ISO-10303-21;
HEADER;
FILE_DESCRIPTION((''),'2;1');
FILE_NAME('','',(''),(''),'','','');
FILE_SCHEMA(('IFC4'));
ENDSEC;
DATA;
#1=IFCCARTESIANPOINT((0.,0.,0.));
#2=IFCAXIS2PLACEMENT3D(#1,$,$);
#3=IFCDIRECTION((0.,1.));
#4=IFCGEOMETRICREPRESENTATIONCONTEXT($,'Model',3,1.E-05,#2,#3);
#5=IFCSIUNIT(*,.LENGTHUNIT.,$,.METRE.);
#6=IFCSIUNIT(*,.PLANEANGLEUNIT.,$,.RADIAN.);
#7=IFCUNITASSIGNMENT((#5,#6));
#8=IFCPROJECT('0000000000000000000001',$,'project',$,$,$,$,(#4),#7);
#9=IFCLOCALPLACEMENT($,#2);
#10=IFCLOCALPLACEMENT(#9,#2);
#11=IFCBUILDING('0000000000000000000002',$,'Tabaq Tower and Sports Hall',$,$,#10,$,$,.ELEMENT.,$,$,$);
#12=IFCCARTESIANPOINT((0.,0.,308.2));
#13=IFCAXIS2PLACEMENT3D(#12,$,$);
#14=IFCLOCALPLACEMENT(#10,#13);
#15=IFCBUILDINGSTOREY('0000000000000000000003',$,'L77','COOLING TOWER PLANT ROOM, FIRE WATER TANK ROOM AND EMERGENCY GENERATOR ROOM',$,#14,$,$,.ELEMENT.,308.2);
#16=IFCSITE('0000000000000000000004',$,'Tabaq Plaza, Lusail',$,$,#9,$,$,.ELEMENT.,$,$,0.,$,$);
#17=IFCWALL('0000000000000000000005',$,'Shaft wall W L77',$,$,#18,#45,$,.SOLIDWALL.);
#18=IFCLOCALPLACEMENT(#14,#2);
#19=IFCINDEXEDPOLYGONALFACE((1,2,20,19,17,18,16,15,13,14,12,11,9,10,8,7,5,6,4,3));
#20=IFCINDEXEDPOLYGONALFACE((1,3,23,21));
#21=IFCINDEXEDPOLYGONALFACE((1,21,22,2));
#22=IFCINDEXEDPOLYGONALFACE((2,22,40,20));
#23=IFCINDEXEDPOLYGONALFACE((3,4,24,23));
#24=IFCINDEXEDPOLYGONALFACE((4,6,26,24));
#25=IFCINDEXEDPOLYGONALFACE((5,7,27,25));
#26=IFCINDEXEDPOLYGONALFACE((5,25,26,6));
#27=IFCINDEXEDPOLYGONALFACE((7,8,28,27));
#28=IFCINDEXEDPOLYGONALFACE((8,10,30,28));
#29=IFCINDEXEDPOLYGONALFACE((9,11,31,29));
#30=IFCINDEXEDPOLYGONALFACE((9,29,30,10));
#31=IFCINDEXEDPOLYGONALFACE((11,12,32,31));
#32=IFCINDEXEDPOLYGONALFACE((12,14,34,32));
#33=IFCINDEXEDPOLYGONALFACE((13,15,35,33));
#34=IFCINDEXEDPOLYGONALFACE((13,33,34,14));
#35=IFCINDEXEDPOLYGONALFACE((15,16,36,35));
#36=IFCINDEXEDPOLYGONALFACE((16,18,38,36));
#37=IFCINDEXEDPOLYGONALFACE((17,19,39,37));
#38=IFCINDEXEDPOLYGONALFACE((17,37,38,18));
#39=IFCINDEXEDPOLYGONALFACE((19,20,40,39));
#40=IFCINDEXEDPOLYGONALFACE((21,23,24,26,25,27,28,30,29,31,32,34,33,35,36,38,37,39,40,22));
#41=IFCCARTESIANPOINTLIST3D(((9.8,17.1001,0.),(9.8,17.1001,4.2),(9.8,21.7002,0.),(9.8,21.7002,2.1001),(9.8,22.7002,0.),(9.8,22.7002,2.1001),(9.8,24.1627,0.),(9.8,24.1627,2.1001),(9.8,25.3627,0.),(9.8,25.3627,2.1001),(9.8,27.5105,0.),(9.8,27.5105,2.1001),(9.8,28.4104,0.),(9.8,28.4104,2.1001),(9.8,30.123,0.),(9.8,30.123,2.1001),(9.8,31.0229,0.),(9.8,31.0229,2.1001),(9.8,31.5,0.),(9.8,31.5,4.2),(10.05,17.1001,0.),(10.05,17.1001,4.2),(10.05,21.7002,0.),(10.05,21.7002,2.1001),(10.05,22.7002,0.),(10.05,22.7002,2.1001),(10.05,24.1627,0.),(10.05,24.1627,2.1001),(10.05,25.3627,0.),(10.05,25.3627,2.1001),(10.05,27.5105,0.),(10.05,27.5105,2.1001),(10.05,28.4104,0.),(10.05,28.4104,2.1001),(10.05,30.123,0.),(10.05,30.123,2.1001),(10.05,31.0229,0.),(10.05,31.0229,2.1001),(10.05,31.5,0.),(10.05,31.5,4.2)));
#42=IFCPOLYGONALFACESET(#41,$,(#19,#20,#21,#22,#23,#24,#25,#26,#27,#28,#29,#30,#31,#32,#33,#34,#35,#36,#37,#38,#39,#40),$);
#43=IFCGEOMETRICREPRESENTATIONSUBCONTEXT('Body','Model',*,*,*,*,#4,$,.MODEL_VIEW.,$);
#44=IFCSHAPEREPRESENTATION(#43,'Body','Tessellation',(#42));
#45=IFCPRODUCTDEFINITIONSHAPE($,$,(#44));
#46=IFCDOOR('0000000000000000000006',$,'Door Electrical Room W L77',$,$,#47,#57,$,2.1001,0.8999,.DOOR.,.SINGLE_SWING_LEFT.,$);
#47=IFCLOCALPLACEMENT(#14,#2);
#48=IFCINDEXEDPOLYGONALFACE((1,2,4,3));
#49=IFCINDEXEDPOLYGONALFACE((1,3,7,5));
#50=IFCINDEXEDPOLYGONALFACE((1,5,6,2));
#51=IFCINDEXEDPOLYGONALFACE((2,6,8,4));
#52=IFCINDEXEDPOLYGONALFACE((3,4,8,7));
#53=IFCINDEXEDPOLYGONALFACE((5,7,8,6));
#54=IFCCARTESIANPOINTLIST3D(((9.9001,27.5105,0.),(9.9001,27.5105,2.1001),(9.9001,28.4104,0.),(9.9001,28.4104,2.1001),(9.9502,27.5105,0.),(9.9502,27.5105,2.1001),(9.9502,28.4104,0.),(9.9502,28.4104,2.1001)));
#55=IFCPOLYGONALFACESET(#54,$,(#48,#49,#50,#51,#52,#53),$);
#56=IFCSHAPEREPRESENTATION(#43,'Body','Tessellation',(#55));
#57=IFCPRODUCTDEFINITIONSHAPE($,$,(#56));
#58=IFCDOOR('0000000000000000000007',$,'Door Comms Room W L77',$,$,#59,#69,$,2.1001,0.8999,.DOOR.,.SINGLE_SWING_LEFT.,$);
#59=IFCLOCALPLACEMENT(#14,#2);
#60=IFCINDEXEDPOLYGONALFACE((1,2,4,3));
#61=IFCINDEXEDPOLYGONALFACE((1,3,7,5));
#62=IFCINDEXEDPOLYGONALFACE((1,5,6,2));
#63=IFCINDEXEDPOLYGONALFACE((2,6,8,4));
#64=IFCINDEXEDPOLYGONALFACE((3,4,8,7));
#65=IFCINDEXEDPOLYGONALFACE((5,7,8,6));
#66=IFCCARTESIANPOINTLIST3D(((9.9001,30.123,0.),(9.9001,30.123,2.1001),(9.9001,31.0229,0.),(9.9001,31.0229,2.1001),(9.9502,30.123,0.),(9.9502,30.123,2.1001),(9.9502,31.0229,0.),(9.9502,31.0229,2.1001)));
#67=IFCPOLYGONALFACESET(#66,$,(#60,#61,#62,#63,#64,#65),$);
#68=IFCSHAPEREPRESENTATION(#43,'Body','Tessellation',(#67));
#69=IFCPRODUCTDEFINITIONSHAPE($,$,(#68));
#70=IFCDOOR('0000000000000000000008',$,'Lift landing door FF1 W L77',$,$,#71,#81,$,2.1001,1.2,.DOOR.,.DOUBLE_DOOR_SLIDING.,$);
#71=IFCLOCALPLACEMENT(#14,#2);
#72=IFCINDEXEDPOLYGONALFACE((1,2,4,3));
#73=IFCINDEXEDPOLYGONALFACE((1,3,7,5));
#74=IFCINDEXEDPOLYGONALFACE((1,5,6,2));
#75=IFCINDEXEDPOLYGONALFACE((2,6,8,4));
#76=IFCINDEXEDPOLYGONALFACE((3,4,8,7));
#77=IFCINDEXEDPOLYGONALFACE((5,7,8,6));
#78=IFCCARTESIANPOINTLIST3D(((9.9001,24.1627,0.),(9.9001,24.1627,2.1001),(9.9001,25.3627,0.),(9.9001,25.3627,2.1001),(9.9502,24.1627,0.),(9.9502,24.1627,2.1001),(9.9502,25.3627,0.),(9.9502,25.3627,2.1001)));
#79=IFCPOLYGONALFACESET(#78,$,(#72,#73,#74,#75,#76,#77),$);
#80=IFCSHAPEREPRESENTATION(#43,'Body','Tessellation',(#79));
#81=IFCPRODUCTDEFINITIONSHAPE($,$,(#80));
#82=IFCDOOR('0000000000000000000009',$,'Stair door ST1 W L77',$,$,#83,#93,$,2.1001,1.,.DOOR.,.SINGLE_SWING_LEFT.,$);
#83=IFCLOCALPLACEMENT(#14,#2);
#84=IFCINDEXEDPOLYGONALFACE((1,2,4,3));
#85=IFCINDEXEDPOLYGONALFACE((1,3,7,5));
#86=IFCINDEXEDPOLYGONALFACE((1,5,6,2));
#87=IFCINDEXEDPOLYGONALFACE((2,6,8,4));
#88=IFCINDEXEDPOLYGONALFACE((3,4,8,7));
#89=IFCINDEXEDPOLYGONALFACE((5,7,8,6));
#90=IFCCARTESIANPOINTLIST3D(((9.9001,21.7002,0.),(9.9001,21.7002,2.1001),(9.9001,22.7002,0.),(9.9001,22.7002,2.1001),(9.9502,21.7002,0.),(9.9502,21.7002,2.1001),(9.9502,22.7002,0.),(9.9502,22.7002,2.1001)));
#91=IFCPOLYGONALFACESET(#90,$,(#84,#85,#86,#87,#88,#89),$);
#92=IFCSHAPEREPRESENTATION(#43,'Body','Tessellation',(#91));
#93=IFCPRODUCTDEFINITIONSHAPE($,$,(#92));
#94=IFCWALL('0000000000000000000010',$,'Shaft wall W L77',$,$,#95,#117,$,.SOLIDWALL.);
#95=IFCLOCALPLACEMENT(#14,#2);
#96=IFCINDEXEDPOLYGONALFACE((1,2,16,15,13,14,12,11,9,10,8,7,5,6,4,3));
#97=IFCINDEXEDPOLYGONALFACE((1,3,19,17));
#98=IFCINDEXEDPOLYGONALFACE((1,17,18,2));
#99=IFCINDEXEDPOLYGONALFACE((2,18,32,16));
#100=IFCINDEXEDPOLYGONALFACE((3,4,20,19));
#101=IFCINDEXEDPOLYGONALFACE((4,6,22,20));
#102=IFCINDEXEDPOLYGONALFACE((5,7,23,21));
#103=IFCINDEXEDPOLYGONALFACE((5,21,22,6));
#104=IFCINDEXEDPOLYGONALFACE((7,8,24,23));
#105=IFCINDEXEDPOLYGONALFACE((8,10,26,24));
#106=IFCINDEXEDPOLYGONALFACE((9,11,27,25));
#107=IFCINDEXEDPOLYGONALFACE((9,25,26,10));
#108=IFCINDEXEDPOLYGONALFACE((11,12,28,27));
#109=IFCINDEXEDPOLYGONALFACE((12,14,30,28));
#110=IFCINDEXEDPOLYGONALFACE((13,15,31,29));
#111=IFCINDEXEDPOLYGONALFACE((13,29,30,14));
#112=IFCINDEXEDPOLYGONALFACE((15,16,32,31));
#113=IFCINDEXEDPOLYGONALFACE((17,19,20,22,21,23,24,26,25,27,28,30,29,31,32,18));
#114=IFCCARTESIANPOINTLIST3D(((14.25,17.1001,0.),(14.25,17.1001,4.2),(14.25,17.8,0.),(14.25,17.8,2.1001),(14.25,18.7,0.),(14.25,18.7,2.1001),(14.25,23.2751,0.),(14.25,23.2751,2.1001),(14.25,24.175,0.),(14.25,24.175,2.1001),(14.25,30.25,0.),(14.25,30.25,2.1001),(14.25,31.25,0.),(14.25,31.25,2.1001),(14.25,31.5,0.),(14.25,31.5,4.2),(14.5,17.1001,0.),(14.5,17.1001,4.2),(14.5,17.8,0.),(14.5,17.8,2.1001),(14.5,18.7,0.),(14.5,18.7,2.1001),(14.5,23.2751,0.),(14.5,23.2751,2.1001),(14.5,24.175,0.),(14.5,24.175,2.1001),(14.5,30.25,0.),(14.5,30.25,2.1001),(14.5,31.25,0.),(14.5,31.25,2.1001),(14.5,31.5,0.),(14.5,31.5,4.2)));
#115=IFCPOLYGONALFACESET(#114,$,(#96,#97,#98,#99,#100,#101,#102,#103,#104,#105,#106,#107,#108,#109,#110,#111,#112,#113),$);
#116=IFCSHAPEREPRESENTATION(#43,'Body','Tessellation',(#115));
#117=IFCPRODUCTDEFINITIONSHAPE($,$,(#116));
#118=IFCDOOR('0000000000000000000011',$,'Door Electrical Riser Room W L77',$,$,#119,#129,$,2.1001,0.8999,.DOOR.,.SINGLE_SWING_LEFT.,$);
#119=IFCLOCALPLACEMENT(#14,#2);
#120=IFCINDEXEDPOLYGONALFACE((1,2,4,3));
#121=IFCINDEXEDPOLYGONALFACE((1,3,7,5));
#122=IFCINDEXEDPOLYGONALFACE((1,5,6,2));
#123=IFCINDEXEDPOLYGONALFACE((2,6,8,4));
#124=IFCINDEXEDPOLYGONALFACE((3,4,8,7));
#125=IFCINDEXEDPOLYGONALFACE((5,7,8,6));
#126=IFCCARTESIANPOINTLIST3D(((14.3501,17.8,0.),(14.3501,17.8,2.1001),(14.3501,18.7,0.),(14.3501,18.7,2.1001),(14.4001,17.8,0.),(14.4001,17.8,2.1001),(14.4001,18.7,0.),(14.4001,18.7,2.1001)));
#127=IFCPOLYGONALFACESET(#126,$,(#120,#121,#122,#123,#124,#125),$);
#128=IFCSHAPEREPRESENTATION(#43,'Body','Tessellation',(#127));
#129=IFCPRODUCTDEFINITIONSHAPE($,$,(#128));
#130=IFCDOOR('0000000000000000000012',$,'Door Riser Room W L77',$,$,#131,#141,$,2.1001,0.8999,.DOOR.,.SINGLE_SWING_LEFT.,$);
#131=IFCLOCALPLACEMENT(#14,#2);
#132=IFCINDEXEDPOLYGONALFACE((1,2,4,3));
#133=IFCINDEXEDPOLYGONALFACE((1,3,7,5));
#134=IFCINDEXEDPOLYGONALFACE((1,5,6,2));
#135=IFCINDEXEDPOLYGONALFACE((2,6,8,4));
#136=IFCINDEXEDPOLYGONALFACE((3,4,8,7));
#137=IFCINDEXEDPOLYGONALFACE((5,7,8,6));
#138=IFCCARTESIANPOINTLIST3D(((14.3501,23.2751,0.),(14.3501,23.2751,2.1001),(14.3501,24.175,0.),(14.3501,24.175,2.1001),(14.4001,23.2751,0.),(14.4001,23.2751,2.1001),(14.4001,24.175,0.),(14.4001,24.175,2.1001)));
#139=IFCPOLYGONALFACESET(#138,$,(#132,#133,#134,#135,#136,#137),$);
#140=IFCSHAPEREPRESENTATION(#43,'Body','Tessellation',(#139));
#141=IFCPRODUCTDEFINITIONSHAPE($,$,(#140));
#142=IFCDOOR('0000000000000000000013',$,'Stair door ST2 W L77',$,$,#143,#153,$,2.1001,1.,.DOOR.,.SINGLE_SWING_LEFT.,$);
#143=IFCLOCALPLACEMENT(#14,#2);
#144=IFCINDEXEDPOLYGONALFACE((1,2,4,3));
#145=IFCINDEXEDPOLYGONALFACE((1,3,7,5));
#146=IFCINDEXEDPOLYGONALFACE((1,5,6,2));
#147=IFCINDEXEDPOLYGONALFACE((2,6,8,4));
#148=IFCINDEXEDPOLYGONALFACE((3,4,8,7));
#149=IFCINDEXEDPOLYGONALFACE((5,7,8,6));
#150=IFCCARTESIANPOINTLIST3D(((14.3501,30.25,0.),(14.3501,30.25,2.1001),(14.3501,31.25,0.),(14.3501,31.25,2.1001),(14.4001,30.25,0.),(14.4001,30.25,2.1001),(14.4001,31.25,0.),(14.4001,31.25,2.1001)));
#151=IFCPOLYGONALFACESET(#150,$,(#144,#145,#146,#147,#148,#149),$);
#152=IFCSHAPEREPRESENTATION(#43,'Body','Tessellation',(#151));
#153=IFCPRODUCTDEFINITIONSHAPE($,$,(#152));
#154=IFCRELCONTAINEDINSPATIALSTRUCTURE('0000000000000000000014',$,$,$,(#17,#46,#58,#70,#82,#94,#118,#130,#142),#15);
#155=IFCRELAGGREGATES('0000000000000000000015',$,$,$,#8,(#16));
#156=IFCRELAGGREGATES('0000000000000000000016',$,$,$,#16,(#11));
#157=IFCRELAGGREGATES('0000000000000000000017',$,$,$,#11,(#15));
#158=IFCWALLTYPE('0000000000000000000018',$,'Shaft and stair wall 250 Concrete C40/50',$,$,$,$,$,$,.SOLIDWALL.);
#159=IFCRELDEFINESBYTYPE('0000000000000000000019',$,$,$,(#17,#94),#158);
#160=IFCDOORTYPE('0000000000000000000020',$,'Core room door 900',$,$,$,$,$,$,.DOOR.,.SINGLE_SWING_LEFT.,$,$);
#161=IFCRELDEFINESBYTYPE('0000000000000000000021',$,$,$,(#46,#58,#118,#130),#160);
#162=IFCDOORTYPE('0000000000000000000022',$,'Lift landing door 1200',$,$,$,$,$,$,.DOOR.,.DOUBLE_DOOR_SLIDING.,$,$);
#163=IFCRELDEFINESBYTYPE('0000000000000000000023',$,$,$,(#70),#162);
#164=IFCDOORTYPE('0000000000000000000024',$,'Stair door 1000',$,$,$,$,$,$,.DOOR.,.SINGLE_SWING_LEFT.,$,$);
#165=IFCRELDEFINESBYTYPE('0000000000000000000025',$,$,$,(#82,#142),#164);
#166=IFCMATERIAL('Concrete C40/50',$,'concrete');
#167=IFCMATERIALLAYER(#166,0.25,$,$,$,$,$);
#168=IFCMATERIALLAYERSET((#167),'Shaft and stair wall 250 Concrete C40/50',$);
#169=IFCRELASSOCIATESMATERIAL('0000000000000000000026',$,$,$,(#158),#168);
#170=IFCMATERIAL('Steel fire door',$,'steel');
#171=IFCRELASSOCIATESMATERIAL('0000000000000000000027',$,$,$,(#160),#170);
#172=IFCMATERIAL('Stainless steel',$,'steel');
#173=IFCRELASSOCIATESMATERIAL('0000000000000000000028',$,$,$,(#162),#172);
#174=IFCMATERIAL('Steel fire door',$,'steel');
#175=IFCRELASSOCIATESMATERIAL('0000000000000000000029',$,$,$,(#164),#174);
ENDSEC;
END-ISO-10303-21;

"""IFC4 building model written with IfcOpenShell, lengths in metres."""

from ifc_helpers import new_model, si_unit, direction, frame, frame_2d, origin, place, context, subcontext, project, spatial, rectangle, extrude, material, layer, layer_set, type_object, element, fill, save


model = new_model("IFC4")

# Units and contexts
model_context = context("Model", 3, precision=1e-05, world=origin(), true_north=direction((0.0, 1.0)))
body_context = subcontext(model_context, "Body", "Model", "MODEL_VIEW")
ifc_project = project(units=[si_unit("LENGTHUNIT", "METRE"), si_unit("PLANEANGLEUNIT", "RADIAN")], contexts=[model_context])

# Site, building, storey
site_placement = place(None, origin())
site = spatial("IfcSite", under=ifc_project, at=site_placement, Name="Tabaq Plaza, Lusail", CompositionType="ELEMENT", RefElevation=0.0)
building_placement = place(site_placement, origin())
building = spatial("IfcBuilding", under=site, at=building_placement, Name="Tabaq Tower and Sports Hall", CompositionType="ELEMENT")
storey_placement = place(building_placement, frame((0.0, 0.0, 308.2)))
storey = spatial("IfcBuildingStorey", under=building, at=storey_placement, Name="L77", Description="COOLING TOWER PLANT ROOM, FIRE WATER TANK ROOM AND EMERGENCY GENERATOR ROOM", CompositionType="ELEMENT", Elevation=308.2)

# Walls, openings, doors
ifc_material_1 = material(Name="Concrete C40/50", Category="concrete")
ifc_layer_1 = layer(ifc_material_1, 0.25)
ifc_layer_set_1 = layer_set([ifc_layer_1], Name="Shaft and stair wall 250 Concrete C40/50")
wall_type_1 = type_object("IfcWallType", Name="Shaft and stair wall 250 Concrete C40/50", PredefinedType="SOLIDWALL", material=ifc_layer_set_1)
wall_1_placement = place(storey_placement, frame((9.925, 17.1001, 0.0), z_axis=(0.0, 0.0, 1.0), x_axis=(0.0, 1.0, 0.0)))
wall_1 = element("IfcWall", 1, at=wall_1_placement, inside=storey, type_object=wall_type_1, Name="Shaft wall W L77", PredefinedType="SOLIDWALL", context=body_context, shape_type="SweptSolid", body=[
    extrude(rectangle(XDim=14.3999, YDim=0.25, at=frame_2d((7.2, 0.0))), origin(), (0.0, 0.0, 1.0), 4.2),
])
opening_1_placement = place(wall_1_placement, frame((4.6001, 0.0, 0.0)))
opening_1 = element("IfcOpeningElement", 2, at=opening_1_placement, cuts=wall_1, PredefinedType="OPENING", context=body_context, shape_type="SweptSolid", body=[
    extrude(rectangle(XDim=1.0, YDim=2.1001, at=frame_2d((0.5, 1.05))), frame((0.0, 0.125, 0.0), z_axis=(0.0, -1.0, 0.0), x_axis=(1.0, 0.0, 0.0)), (0.0, 0.0, 1.0), 0.25),
])
opening_2_placement = place(wall_1_placement, frame((7.0625, 0.0, 0.0)))
opening_2 = element("IfcOpeningElement", 3, at=opening_2_placement, cuts=wall_1, PredefinedType="OPENING", context=body_context, shape_type="SweptSolid", body=[
    extrude(rectangle(XDim=1.2, YDim=2.1001, at=frame_2d((0.6001, 1.05))), frame((0.0, 0.125, 0.0), z_axis=(0.0, -1.0, 0.0), x_axis=(1.0, 0.0, 0.0)), (0.0, 0.0, 1.0), 0.25),
])
opening_3_placement = place(wall_1_placement, frame((10.4104, 0.0, 0.0)))
opening_3 = element("IfcOpeningElement", 4, at=opening_3_placement, cuts=wall_1, PredefinedType="OPENING", context=body_context, shape_type="SweptSolid", body=[
    extrude(rectangle(XDim=0.8999, YDim=2.1001, at=frame_2d((0.45, 1.05))), frame((0.0, 0.125, 0.0), z_axis=(0.0, -1.0, 0.0), x_axis=(1.0, 0.0, 0.0)), (0.0, 0.0, 1.0), 0.25),
])
opening_4_placement = place(wall_1_placement, frame((13.0229, 0.0, 0.0)))
opening_4 = element("IfcOpeningElement", 5, at=opening_4_placement, cuts=wall_1, PredefinedType="OPENING", context=body_context, shape_type="SweptSolid", body=[
    extrude(rectangle(XDim=0.8999, YDim=2.1001, at=frame_2d((0.45, 1.05))), frame((0.0, 0.125, 0.0), z_axis=(0.0, -1.0, 0.0), x_axis=(1.0, 0.0, 0.0)), (0.0, 0.0, 1.0), 0.25),
])
ifc_material_2 = material(Name="Steel fire door", Category="steel")
door_type_1 = type_object("IfcDoorType", Name="Core room door 900", OperationType="SINGLE_SWING_LEFT", PredefinedType="DOOR", material=ifc_material_2)
door_1_placement = place(opening_3_placement, origin())
door_1 = element("IfcDoor", 6, at=door_1_placement, inside=storey, type_object=door_type_1, Name="Door Electrical Room W L77", OperationType="SINGLE_SWING_LEFT", OverallHeight=2.1001, OverallWidth=0.8999, PredefinedType="DOOR", context=body_context, shape_type="SweptSolid", body=[
    extrude(rectangle(XDim=0.8999, YDim=2.1001, at=frame_2d((0.45, 1.05))), frame((0.0, 0.0249, 0.0), z_axis=(0.0, -1.0, 0.0), x_axis=(1.0, 0.0, 0.0)), (0.0, 0.0, 1.0), 0.05),
])
fill(opening_3, door_1)
door_2_placement = place(opening_4_placement, origin())
door_2 = element("IfcDoor", 7, at=door_2_placement, inside=storey, type_object=door_type_1, Name="Door Comms Room W L77", OperationType="SINGLE_SWING_LEFT", OverallHeight=2.1001, OverallWidth=0.8999, PredefinedType="DOOR", context=body_context, shape_type="SweptSolid", body=[
    extrude(rectangle(XDim=0.8999, YDim=2.1001, at=frame_2d((0.45, 1.05))), frame((0.0, 0.0249, 0.0), z_axis=(0.0, -1.0, 0.0), x_axis=(1.0, 0.0, 0.0)), (0.0, 0.0, 1.0), 0.05),
])
fill(opening_4, door_2)
ifc_material_3 = material(Name="Stainless steel", Category="steel")
door_type_2 = type_object("IfcDoorType", Name="Lift landing door 1200", OperationType="DOUBLE_DOOR_SLIDING", PredefinedType="DOOR", material=ifc_material_3)
door_3_placement = place(opening_2_placement, origin())
door_3 = element("IfcDoor", 8, at=door_3_placement, inside=storey, type_object=door_type_2, Name="Lift landing door FF1 W L77", OperationType="DOUBLE_DOOR_SLIDING", OverallHeight=2.1001, OverallWidth=1.2, PredefinedType="DOOR", context=body_context, shape_type="SweptSolid", body=[
    extrude(rectangle(XDim=1.2, YDim=2.1001, at=frame_2d((0.6001, 1.05))), frame((0.0, 0.0249, 0.0), z_axis=(0.0, -1.0, 0.0), x_axis=(1.0, 0.0, 0.0)), (0.0, 0.0, 1.0), 0.05),
])
fill(opening_2, door_3)
ifc_material_4 = material(Name="Steel fire door", Category="steel")
door_type_3 = type_object("IfcDoorType", Name="Stair door 1000", OperationType="SINGLE_SWING_LEFT", PredefinedType="DOOR", material=ifc_material_4)
door_4_placement = place(opening_1_placement, origin())
door_4 = element("IfcDoor", 9, at=door_4_placement, inside=storey, type_object=door_type_3, Name="Stair door ST1 W L77", OperationType="SINGLE_SWING_LEFT", OverallHeight=2.1001, OverallWidth=1.0, PredefinedType="DOOR", context=body_context, shape_type="SweptSolid", body=[
    extrude(rectangle(XDim=1.0, YDim=2.1001, at=frame_2d((0.5, 1.05))), frame((0.0, 0.0249, 0.0), z_axis=(0.0, -1.0, 0.0), x_axis=(1.0, 0.0, 0.0)), (0.0, 0.0, 1.0), 0.05),
])
fill(opening_1, door_4)
wall_2_placement = place(storey_placement, frame((14.375, 17.1001, 0.0), z_axis=(0.0, 0.0, 1.0), x_axis=(0.0, 1.0, 0.0)))
wall_2 = element("IfcWall", 10, at=wall_2_placement, inside=storey, type_object=wall_type_1, Name="Shaft wall W L77", PredefinedType="SOLIDWALL", context=body_context, shape_type="SweptSolid", body=[
    extrude(rectangle(XDim=14.3999, YDim=0.25, at=frame_2d((7.2, 0.0))), origin(), (0.0, 0.0, 1.0), 4.2),
])
opening_5_placement = place(wall_2_placement, frame((13.1499, 0.0, 0.0)))
opening_5 = element("IfcOpeningElement", 11, at=opening_5_placement, cuts=wall_2, PredefinedType="OPENING", context=body_context, shape_type="SweptSolid", body=[
    extrude(rectangle(XDim=1.0, YDim=2.1001, at=frame_2d((0.5, 1.05))), frame((0.0, 0.125, 0.0), z_axis=(0.0, -1.0, 0.0), x_axis=(1.0, 0.0, 0.0)), (0.0, 0.0, 1.0), 0.25),
])
opening_6_placement = place(wall_2_placement, frame((0.7, 0.0, 0.0)))
opening_6 = element("IfcOpeningElement", 12, at=opening_6_placement, cuts=wall_2, PredefinedType="OPENING", context=body_context, shape_type="SweptSolid", body=[
    extrude(rectangle(XDim=0.8999, YDim=2.1001, at=frame_2d((0.45, 1.05))), frame((0.0, 0.125, 0.0), z_axis=(0.0, -1.0, 0.0), x_axis=(1.0, 0.0, 0.0)), (0.0, 0.0, 1.0), 0.25),
])
opening_7_placement = place(wall_2_placement, frame((6.175, 0.0, 0.0)))
opening_7 = element("IfcOpeningElement", 13, at=opening_7_placement, cuts=wall_2, PredefinedType="OPENING", context=body_context, shape_type="SweptSolid", body=[
    extrude(rectangle(XDim=0.8999, YDim=2.1001, at=frame_2d((0.45, 1.05))), frame((0.0, 0.125, 0.0), z_axis=(0.0, -1.0, 0.0), x_axis=(1.0, 0.0, 0.0)), (0.0, 0.0, 1.0), 0.25),
])
door_5_placement = place(opening_6_placement, origin())
door_5 = element("IfcDoor", 14, at=door_5_placement, inside=storey, type_object=door_type_1, Name="Door Electrical Riser Room W L77", OperationType="SINGLE_SWING_LEFT", OverallHeight=2.1001, OverallWidth=0.8999, PredefinedType="DOOR", context=body_context, shape_type="SweptSolid", body=[
    extrude(rectangle(XDim=0.8999, YDim=2.1001, at=frame_2d((0.45, 1.05))), frame((0.0, 0.0249, 0.0), z_axis=(0.0, -1.0, 0.0), x_axis=(1.0, 0.0, 0.0)), (0.0, 0.0, 1.0), 0.05),
])
fill(opening_6, door_5)
door_6_placement = place(opening_7_placement, origin())
door_6 = element("IfcDoor", 15, at=door_6_placement, inside=storey, type_object=door_type_1, Name="Door Riser Room W L77", OperationType="SINGLE_SWING_LEFT", OverallHeight=2.1001, OverallWidth=0.8999, PredefinedType="DOOR", context=body_context, shape_type="SweptSolid", body=[
    extrude(rectangle(XDim=0.8999, YDim=2.1001, at=frame_2d((0.45, 1.05))), frame((0.0, 0.0249, 0.0), z_axis=(0.0, -1.0, 0.0), x_axis=(1.0, 0.0, 0.0)), (0.0, 0.0, 1.0), 0.05),
])
fill(opening_7, door_6)
door_7_placement = place(opening_5_placement, origin())
door_7 = element("IfcDoor", 16, at=door_7_placement, inside=storey, type_object=door_type_3, Name="Stair door ST2 W L77", OperationType="SINGLE_SWING_LEFT", OverallHeight=2.1001, OverallWidth=1.0, PredefinedType="DOOR", context=body_context, shape_type="SweptSolid", body=[
    extrude(rectangle(XDim=1.0, YDim=2.1001, at=frame_2d((0.5, 1.05))), frame((0.0, 0.0249, 0.0), z_axis=(0.0, -1.0, 0.0), x_axis=(1.0, 0.0, 0.0)), (0.0, 0.0, 1.0), 0.05),
])
fill(opening_5, door_7)

save(model, "model.ifc")
